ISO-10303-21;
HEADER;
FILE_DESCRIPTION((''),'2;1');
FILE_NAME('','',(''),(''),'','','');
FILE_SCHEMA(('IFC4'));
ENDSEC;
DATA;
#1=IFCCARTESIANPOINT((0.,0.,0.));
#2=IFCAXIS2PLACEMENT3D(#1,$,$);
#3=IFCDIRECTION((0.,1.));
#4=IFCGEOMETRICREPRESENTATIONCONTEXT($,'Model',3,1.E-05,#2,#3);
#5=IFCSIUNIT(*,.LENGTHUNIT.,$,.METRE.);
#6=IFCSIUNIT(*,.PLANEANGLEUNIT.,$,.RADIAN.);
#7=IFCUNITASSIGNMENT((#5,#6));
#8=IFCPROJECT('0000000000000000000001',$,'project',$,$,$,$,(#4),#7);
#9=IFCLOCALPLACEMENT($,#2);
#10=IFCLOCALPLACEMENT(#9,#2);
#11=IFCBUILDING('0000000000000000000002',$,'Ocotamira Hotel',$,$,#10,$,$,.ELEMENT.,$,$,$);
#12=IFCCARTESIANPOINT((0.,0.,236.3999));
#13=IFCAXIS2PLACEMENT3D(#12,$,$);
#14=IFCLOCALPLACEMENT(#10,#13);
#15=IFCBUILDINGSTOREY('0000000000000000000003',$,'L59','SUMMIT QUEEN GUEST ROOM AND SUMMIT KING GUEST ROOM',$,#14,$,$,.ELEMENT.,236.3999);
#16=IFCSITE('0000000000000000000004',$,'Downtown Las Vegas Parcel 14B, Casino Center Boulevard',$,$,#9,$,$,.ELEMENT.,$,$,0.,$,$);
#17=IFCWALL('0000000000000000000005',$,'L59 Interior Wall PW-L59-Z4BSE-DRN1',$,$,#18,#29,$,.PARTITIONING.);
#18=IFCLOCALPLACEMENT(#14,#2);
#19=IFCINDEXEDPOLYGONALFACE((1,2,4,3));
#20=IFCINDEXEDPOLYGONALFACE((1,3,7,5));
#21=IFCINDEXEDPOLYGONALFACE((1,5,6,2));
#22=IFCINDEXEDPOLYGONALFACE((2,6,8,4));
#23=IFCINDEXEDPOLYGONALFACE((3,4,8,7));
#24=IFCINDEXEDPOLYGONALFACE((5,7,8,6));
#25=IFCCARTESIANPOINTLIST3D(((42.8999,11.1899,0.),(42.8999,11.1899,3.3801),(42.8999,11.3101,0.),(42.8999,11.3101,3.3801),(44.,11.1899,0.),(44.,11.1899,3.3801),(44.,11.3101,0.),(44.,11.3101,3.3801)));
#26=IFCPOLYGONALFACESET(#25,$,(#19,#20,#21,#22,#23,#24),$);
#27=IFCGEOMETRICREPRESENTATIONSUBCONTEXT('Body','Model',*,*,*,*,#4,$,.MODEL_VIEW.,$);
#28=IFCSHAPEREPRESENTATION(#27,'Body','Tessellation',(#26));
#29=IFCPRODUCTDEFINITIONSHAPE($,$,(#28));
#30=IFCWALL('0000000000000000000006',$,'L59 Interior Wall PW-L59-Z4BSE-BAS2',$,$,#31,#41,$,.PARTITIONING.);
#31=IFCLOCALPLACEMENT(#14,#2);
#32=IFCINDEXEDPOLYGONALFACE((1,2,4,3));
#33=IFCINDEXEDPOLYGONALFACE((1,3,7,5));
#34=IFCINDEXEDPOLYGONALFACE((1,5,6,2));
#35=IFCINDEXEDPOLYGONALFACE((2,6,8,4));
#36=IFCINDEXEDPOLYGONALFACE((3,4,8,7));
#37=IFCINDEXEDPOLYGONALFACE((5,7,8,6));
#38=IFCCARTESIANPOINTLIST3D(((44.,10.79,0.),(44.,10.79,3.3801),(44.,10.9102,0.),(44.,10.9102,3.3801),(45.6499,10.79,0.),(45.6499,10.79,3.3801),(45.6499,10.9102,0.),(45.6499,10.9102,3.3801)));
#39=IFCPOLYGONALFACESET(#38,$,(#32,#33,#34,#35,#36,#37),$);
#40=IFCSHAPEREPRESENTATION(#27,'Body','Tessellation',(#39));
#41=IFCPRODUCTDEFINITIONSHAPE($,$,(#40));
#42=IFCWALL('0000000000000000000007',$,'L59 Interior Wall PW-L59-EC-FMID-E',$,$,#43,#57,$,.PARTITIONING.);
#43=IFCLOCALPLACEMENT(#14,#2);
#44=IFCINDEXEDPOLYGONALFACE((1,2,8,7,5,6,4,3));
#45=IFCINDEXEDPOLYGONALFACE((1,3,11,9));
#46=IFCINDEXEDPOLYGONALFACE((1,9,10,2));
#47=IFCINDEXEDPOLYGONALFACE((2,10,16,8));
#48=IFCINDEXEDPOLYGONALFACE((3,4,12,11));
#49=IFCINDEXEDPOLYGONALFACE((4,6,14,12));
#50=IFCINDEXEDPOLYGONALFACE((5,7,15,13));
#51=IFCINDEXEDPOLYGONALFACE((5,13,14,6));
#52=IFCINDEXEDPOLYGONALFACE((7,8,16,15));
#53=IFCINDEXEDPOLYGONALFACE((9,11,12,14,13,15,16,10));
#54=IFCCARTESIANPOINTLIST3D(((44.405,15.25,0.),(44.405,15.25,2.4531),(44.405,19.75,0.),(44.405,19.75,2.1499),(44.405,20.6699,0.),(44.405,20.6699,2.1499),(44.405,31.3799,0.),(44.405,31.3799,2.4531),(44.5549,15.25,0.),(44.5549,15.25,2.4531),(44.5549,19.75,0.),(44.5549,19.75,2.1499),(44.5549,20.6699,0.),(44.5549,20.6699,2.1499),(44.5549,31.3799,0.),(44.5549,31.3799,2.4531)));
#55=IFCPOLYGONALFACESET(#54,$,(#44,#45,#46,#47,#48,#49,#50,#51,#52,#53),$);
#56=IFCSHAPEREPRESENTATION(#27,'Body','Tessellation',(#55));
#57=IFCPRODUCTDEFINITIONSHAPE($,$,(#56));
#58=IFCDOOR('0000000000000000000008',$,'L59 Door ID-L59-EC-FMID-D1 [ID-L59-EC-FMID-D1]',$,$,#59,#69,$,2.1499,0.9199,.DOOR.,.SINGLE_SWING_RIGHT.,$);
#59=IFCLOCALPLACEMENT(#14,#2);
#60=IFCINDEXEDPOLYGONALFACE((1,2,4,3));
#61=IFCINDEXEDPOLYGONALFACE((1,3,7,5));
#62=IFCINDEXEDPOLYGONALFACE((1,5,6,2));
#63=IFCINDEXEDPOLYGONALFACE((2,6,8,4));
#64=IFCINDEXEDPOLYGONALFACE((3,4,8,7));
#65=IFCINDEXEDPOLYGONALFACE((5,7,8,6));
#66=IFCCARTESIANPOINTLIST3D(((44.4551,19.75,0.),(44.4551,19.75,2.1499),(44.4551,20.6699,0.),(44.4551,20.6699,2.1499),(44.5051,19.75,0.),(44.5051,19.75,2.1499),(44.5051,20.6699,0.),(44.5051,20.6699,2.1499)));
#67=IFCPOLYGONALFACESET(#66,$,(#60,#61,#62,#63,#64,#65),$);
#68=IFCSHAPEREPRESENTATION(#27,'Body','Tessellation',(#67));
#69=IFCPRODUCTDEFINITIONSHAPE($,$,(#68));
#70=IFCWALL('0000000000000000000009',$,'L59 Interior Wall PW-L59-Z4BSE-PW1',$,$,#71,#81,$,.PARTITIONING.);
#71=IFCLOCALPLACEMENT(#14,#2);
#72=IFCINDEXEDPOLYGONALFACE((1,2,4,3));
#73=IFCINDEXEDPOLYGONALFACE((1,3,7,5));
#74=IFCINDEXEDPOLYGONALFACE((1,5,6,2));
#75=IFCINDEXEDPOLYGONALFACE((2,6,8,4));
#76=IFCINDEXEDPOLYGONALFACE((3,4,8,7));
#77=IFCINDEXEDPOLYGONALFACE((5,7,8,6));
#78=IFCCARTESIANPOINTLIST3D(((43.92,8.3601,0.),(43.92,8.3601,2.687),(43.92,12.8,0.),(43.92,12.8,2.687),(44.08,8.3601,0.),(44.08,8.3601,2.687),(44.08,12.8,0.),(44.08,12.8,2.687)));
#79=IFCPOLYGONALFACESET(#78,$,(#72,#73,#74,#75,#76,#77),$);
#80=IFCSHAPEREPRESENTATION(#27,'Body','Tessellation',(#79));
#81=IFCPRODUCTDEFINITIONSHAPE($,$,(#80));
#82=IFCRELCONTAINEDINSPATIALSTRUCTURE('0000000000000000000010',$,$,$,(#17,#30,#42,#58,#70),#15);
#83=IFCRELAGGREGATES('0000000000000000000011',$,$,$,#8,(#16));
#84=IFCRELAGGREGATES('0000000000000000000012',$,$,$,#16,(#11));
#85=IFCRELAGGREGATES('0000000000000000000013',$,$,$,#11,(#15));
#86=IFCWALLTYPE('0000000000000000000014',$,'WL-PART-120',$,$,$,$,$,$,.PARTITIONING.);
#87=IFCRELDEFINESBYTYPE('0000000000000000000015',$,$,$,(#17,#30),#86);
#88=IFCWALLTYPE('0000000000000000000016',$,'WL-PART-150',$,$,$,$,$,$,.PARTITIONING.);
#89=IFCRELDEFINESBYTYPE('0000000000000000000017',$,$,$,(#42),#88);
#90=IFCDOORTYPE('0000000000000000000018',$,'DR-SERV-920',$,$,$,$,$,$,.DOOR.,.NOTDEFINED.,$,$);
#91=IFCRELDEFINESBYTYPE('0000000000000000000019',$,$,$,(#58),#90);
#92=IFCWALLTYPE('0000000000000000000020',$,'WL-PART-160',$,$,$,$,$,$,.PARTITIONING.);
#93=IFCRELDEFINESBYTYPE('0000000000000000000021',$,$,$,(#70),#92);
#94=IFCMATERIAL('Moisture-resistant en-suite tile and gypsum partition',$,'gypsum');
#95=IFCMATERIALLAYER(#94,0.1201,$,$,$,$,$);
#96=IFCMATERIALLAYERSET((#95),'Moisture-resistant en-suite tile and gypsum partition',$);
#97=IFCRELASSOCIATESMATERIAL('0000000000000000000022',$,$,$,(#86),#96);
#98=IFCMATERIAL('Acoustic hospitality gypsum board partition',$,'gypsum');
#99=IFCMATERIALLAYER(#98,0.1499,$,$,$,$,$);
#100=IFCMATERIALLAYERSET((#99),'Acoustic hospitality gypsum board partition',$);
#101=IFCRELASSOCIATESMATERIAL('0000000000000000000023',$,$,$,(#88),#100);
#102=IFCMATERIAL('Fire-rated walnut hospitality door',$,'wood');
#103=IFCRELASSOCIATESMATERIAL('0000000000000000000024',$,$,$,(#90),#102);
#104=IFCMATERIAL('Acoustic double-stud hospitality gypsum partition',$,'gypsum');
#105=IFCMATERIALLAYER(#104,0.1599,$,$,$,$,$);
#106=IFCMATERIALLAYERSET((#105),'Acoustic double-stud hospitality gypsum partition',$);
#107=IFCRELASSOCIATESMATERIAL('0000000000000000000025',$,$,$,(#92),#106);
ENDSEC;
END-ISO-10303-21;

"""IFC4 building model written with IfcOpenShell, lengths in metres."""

from ifc_helpers import new_model, si_unit, direction, frame, frame_2d, origin, place, context, subcontext, project, spatial, rectangle, extrude, source, transform, mapped, material, layer, layer_set, type_object, element, fill, save


model = new_model("IFC4")

# Units and contexts
model_context = context("Model", 3, precision=1e-05, world=origin(), true_north=direction((0.0, 1.0)))
body_context = subcontext(model_context, "Body", "Model", "MODEL_VIEW")
ifc_project = project(units=[si_unit("LENGTHUNIT", "METRE"), si_unit("PLANEANGLEUNIT", "RADIAN")], contexts=[model_context])

# Site, building, storey
site_placement = place(None, origin())
site = spatial("IfcSite", under=ifc_project, at=site_placement, Name="Downtown Las Vegas Parcel 14B, Casino Center Boulevard", CompositionType="ELEMENT", RefElevation=0.0)
building_placement = place(site_placement, origin())
building = spatial("IfcBuilding", under=site, at=building_placement, Name="Ocotamira Hotel", CompositionType="ELEMENT")
storey_placement = place(building_placement, frame((0.0, 0.0, 236.3999)))
storey = spatial("IfcBuildingStorey", under=building, at=storey_placement, Name="L59", Description="SUMMIT QUEEN GUEST ROOM AND SUMMIT KING GUEST ROOM", CompositionType="ELEMENT", Elevation=236.3999)

# Walls
ifc_material_1 = material(Name="Moisture-resistant en-suite tile and gypsum partition", Category="gypsum")
ifc_layer_1 = layer(ifc_material_1, 0.1201)
ifc_layer_set_1 = layer_set([ifc_layer_1], Name="Moisture-resistant en-suite tile and gypsum partition")
wall_type_1 = type_object("IfcWallType", Name="WL-PART-120", PredefinedType="PARTITIONING", material=ifc_layer_set_1)
wall_1_placement = place(storey_placement, frame((42.8999, 11.25, 0.0), z_axis=(0.0, 0.0, 1.0), x_axis=(1.0, 0.0, 0.0)))
element("IfcWall", 1, at=wall_1_placement, inside=storey, type_object=wall_type_1, Name="L59 Interior Wall PW-L59-Z4BSE-DRN1", PredefinedType="PARTITIONING", context=body_context, shape_type="SweptSolid", body=[
    extrude(rectangle(XDim=1.1001, YDim=0.1201, at=frame_2d((0.55, 0.0))), origin(), (0.0, 0.0, 1.0), 3.3801),
])
wall_2_placement = place(storey_placement, frame((44.0, 10.8501, 0.0), z_axis=(0.0, 0.0, 1.0), x_axis=(1.0, 0.0, 0.0)))
element("IfcWall", 2, at=wall_2_placement, inside=storey, type_object=wall_type_1, Name="L59 Interior Wall PW-L59-Z4BSE-BAS2", PredefinedType="PARTITIONING", context=body_context, shape_type="SweptSolid", body=[
    extrude(rectangle(XDim=1.6499, YDim=0.1201, at=frame_2d((0.825, 0.0))), origin(), (0.0, 0.0, 1.0), 3.3801),
])

# Wall, opening, door
ifc_material_2 = material(Name="Acoustic hospitality gypsum board partition", Category="gypsum")
ifc_layer_2 = layer(ifc_material_2, 0.1499)
ifc_layer_set_2 = layer_set([ifc_layer_2], Name="Acoustic hospitality gypsum board partition")
wall_type_2 = type_object("IfcWallType", Name="WL-PART-150", PredefinedType="PARTITIONING", material=ifc_layer_set_2)
wall_3_placement = place(storey_placement, frame((44.48, 15.25, 0.0), z_axis=(0.0, 0.0, 1.0), x_axis=(0.0, 1.0, 0.0)))
wall_3 = element("IfcWall", 3, at=wall_3_placement, inside=storey, type_object=wall_type_2, Name="L59 Interior Wall PW-L59-EC-FMID-E", PredefinedType="PARTITIONING", context=body_context, shape_type="SweptSolid", body=[
    extrude(rectangle(XDim=16.1299, YDim=0.1499, at=frame_2d((8.0649, 0.0))), origin(), (0.0, 0.0, 1.0), 2.4531),
])
opening_1_placement = place(wall_3_placement, frame((4.5, 0.0, 0.0)))
opening_1 = element("IfcOpeningElement", 4, at=opening_1_placement, cuts=wall_3, PredefinedType="OPENING", context=body_context, shape_type="SweptSolid", body=[
    extrude(rectangle(XDim=0.9199, YDim=2.1499, at=frame_2d((0.46, 1.075))), frame((0.0, 0.085, 0.0), z_axis=(0.0, -1.0, 0.0), x_axis=(1.0, 0.0, 0.0)), (0.0, 0.0, 1.0), 0.1699),
])
ifc_material_3 = material(Name="Fire-rated walnut hospitality door", Category="wood")
door_type_1 = type_object("IfcDoorType", Name="DR-SERV-920", OperationType="NOTDEFINED", PredefinedType="DOOR", material=ifc_material_3)
shared_shape_1 = source(origin(), body_context, "Body", "SweptSolid", [
    extrude(rectangle(XDim=0.9199, YDim=2.1499, at=frame_2d((0.46, 1.075))), frame((0.0, 0.0249, 0.0), z_axis=(0.0, -1.0, 0.0), x_axis=(1.0, 0.0, 0.0)), (0.0, 0.0, 1.0), 0.05),
])
door_1_placement = place(opening_1_placement, origin())
door_1 = element("IfcDoor", 5, at=door_1_placement, inside=storey, type_object=door_type_1, Name="L59 Door ID-L59-EC-FMID-D1 [ID-L59-EC-FMID-D1]", OperationType="SINGLE_SWING_RIGHT", OverallHeight=2.1499, OverallWidth=0.9199, PredefinedType="DOOR", context=body_context, shape_type="MappedRepresentation", body=[
    mapped(shared_shape_1, transform((0.0, 0.0, 0.0), scale=1.0)),
])
fill(opening_1, door_1)

# Wall
ifc_material_4 = material(Name="Acoustic double-stud hospitality gypsum partition", Category="gypsum")
ifc_layer_3 = layer(ifc_material_4, 0.1599)
ifc_layer_set_3 = layer_set([ifc_layer_3], Name="Acoustic double-stud hospitality gypsum partition")
wall_type_3 = type_object("IfcWallType", Name="WL-PART-160", PredefinedType="PARTITIONING", material=ifc_layer_set_3)
wall_4_placement = place(storey_placement, frame((44.0, 8.3601, 0.0), z_axis=(0.0, 0.0, 1.0), x_axis=(0.0, 1.0, 0.0)))
element("IfcWall", 6, at=wall_4_placement, inside=storey, type_object=wall_type_3, Name="L59 Interior Wall PW-L59-Z4BSE-PW1", PredefinedType="PARTITIONING", context=body_context, shape_type="SweptSolid", body=[
    extrude(rectangle(XDim=4.4399, YDim=0.1599, at=frame_2d((2.22, 0.0))), origin(), (0.0, 0.0, 1.0), 2.687),
])

save(model, "model.ifc")
